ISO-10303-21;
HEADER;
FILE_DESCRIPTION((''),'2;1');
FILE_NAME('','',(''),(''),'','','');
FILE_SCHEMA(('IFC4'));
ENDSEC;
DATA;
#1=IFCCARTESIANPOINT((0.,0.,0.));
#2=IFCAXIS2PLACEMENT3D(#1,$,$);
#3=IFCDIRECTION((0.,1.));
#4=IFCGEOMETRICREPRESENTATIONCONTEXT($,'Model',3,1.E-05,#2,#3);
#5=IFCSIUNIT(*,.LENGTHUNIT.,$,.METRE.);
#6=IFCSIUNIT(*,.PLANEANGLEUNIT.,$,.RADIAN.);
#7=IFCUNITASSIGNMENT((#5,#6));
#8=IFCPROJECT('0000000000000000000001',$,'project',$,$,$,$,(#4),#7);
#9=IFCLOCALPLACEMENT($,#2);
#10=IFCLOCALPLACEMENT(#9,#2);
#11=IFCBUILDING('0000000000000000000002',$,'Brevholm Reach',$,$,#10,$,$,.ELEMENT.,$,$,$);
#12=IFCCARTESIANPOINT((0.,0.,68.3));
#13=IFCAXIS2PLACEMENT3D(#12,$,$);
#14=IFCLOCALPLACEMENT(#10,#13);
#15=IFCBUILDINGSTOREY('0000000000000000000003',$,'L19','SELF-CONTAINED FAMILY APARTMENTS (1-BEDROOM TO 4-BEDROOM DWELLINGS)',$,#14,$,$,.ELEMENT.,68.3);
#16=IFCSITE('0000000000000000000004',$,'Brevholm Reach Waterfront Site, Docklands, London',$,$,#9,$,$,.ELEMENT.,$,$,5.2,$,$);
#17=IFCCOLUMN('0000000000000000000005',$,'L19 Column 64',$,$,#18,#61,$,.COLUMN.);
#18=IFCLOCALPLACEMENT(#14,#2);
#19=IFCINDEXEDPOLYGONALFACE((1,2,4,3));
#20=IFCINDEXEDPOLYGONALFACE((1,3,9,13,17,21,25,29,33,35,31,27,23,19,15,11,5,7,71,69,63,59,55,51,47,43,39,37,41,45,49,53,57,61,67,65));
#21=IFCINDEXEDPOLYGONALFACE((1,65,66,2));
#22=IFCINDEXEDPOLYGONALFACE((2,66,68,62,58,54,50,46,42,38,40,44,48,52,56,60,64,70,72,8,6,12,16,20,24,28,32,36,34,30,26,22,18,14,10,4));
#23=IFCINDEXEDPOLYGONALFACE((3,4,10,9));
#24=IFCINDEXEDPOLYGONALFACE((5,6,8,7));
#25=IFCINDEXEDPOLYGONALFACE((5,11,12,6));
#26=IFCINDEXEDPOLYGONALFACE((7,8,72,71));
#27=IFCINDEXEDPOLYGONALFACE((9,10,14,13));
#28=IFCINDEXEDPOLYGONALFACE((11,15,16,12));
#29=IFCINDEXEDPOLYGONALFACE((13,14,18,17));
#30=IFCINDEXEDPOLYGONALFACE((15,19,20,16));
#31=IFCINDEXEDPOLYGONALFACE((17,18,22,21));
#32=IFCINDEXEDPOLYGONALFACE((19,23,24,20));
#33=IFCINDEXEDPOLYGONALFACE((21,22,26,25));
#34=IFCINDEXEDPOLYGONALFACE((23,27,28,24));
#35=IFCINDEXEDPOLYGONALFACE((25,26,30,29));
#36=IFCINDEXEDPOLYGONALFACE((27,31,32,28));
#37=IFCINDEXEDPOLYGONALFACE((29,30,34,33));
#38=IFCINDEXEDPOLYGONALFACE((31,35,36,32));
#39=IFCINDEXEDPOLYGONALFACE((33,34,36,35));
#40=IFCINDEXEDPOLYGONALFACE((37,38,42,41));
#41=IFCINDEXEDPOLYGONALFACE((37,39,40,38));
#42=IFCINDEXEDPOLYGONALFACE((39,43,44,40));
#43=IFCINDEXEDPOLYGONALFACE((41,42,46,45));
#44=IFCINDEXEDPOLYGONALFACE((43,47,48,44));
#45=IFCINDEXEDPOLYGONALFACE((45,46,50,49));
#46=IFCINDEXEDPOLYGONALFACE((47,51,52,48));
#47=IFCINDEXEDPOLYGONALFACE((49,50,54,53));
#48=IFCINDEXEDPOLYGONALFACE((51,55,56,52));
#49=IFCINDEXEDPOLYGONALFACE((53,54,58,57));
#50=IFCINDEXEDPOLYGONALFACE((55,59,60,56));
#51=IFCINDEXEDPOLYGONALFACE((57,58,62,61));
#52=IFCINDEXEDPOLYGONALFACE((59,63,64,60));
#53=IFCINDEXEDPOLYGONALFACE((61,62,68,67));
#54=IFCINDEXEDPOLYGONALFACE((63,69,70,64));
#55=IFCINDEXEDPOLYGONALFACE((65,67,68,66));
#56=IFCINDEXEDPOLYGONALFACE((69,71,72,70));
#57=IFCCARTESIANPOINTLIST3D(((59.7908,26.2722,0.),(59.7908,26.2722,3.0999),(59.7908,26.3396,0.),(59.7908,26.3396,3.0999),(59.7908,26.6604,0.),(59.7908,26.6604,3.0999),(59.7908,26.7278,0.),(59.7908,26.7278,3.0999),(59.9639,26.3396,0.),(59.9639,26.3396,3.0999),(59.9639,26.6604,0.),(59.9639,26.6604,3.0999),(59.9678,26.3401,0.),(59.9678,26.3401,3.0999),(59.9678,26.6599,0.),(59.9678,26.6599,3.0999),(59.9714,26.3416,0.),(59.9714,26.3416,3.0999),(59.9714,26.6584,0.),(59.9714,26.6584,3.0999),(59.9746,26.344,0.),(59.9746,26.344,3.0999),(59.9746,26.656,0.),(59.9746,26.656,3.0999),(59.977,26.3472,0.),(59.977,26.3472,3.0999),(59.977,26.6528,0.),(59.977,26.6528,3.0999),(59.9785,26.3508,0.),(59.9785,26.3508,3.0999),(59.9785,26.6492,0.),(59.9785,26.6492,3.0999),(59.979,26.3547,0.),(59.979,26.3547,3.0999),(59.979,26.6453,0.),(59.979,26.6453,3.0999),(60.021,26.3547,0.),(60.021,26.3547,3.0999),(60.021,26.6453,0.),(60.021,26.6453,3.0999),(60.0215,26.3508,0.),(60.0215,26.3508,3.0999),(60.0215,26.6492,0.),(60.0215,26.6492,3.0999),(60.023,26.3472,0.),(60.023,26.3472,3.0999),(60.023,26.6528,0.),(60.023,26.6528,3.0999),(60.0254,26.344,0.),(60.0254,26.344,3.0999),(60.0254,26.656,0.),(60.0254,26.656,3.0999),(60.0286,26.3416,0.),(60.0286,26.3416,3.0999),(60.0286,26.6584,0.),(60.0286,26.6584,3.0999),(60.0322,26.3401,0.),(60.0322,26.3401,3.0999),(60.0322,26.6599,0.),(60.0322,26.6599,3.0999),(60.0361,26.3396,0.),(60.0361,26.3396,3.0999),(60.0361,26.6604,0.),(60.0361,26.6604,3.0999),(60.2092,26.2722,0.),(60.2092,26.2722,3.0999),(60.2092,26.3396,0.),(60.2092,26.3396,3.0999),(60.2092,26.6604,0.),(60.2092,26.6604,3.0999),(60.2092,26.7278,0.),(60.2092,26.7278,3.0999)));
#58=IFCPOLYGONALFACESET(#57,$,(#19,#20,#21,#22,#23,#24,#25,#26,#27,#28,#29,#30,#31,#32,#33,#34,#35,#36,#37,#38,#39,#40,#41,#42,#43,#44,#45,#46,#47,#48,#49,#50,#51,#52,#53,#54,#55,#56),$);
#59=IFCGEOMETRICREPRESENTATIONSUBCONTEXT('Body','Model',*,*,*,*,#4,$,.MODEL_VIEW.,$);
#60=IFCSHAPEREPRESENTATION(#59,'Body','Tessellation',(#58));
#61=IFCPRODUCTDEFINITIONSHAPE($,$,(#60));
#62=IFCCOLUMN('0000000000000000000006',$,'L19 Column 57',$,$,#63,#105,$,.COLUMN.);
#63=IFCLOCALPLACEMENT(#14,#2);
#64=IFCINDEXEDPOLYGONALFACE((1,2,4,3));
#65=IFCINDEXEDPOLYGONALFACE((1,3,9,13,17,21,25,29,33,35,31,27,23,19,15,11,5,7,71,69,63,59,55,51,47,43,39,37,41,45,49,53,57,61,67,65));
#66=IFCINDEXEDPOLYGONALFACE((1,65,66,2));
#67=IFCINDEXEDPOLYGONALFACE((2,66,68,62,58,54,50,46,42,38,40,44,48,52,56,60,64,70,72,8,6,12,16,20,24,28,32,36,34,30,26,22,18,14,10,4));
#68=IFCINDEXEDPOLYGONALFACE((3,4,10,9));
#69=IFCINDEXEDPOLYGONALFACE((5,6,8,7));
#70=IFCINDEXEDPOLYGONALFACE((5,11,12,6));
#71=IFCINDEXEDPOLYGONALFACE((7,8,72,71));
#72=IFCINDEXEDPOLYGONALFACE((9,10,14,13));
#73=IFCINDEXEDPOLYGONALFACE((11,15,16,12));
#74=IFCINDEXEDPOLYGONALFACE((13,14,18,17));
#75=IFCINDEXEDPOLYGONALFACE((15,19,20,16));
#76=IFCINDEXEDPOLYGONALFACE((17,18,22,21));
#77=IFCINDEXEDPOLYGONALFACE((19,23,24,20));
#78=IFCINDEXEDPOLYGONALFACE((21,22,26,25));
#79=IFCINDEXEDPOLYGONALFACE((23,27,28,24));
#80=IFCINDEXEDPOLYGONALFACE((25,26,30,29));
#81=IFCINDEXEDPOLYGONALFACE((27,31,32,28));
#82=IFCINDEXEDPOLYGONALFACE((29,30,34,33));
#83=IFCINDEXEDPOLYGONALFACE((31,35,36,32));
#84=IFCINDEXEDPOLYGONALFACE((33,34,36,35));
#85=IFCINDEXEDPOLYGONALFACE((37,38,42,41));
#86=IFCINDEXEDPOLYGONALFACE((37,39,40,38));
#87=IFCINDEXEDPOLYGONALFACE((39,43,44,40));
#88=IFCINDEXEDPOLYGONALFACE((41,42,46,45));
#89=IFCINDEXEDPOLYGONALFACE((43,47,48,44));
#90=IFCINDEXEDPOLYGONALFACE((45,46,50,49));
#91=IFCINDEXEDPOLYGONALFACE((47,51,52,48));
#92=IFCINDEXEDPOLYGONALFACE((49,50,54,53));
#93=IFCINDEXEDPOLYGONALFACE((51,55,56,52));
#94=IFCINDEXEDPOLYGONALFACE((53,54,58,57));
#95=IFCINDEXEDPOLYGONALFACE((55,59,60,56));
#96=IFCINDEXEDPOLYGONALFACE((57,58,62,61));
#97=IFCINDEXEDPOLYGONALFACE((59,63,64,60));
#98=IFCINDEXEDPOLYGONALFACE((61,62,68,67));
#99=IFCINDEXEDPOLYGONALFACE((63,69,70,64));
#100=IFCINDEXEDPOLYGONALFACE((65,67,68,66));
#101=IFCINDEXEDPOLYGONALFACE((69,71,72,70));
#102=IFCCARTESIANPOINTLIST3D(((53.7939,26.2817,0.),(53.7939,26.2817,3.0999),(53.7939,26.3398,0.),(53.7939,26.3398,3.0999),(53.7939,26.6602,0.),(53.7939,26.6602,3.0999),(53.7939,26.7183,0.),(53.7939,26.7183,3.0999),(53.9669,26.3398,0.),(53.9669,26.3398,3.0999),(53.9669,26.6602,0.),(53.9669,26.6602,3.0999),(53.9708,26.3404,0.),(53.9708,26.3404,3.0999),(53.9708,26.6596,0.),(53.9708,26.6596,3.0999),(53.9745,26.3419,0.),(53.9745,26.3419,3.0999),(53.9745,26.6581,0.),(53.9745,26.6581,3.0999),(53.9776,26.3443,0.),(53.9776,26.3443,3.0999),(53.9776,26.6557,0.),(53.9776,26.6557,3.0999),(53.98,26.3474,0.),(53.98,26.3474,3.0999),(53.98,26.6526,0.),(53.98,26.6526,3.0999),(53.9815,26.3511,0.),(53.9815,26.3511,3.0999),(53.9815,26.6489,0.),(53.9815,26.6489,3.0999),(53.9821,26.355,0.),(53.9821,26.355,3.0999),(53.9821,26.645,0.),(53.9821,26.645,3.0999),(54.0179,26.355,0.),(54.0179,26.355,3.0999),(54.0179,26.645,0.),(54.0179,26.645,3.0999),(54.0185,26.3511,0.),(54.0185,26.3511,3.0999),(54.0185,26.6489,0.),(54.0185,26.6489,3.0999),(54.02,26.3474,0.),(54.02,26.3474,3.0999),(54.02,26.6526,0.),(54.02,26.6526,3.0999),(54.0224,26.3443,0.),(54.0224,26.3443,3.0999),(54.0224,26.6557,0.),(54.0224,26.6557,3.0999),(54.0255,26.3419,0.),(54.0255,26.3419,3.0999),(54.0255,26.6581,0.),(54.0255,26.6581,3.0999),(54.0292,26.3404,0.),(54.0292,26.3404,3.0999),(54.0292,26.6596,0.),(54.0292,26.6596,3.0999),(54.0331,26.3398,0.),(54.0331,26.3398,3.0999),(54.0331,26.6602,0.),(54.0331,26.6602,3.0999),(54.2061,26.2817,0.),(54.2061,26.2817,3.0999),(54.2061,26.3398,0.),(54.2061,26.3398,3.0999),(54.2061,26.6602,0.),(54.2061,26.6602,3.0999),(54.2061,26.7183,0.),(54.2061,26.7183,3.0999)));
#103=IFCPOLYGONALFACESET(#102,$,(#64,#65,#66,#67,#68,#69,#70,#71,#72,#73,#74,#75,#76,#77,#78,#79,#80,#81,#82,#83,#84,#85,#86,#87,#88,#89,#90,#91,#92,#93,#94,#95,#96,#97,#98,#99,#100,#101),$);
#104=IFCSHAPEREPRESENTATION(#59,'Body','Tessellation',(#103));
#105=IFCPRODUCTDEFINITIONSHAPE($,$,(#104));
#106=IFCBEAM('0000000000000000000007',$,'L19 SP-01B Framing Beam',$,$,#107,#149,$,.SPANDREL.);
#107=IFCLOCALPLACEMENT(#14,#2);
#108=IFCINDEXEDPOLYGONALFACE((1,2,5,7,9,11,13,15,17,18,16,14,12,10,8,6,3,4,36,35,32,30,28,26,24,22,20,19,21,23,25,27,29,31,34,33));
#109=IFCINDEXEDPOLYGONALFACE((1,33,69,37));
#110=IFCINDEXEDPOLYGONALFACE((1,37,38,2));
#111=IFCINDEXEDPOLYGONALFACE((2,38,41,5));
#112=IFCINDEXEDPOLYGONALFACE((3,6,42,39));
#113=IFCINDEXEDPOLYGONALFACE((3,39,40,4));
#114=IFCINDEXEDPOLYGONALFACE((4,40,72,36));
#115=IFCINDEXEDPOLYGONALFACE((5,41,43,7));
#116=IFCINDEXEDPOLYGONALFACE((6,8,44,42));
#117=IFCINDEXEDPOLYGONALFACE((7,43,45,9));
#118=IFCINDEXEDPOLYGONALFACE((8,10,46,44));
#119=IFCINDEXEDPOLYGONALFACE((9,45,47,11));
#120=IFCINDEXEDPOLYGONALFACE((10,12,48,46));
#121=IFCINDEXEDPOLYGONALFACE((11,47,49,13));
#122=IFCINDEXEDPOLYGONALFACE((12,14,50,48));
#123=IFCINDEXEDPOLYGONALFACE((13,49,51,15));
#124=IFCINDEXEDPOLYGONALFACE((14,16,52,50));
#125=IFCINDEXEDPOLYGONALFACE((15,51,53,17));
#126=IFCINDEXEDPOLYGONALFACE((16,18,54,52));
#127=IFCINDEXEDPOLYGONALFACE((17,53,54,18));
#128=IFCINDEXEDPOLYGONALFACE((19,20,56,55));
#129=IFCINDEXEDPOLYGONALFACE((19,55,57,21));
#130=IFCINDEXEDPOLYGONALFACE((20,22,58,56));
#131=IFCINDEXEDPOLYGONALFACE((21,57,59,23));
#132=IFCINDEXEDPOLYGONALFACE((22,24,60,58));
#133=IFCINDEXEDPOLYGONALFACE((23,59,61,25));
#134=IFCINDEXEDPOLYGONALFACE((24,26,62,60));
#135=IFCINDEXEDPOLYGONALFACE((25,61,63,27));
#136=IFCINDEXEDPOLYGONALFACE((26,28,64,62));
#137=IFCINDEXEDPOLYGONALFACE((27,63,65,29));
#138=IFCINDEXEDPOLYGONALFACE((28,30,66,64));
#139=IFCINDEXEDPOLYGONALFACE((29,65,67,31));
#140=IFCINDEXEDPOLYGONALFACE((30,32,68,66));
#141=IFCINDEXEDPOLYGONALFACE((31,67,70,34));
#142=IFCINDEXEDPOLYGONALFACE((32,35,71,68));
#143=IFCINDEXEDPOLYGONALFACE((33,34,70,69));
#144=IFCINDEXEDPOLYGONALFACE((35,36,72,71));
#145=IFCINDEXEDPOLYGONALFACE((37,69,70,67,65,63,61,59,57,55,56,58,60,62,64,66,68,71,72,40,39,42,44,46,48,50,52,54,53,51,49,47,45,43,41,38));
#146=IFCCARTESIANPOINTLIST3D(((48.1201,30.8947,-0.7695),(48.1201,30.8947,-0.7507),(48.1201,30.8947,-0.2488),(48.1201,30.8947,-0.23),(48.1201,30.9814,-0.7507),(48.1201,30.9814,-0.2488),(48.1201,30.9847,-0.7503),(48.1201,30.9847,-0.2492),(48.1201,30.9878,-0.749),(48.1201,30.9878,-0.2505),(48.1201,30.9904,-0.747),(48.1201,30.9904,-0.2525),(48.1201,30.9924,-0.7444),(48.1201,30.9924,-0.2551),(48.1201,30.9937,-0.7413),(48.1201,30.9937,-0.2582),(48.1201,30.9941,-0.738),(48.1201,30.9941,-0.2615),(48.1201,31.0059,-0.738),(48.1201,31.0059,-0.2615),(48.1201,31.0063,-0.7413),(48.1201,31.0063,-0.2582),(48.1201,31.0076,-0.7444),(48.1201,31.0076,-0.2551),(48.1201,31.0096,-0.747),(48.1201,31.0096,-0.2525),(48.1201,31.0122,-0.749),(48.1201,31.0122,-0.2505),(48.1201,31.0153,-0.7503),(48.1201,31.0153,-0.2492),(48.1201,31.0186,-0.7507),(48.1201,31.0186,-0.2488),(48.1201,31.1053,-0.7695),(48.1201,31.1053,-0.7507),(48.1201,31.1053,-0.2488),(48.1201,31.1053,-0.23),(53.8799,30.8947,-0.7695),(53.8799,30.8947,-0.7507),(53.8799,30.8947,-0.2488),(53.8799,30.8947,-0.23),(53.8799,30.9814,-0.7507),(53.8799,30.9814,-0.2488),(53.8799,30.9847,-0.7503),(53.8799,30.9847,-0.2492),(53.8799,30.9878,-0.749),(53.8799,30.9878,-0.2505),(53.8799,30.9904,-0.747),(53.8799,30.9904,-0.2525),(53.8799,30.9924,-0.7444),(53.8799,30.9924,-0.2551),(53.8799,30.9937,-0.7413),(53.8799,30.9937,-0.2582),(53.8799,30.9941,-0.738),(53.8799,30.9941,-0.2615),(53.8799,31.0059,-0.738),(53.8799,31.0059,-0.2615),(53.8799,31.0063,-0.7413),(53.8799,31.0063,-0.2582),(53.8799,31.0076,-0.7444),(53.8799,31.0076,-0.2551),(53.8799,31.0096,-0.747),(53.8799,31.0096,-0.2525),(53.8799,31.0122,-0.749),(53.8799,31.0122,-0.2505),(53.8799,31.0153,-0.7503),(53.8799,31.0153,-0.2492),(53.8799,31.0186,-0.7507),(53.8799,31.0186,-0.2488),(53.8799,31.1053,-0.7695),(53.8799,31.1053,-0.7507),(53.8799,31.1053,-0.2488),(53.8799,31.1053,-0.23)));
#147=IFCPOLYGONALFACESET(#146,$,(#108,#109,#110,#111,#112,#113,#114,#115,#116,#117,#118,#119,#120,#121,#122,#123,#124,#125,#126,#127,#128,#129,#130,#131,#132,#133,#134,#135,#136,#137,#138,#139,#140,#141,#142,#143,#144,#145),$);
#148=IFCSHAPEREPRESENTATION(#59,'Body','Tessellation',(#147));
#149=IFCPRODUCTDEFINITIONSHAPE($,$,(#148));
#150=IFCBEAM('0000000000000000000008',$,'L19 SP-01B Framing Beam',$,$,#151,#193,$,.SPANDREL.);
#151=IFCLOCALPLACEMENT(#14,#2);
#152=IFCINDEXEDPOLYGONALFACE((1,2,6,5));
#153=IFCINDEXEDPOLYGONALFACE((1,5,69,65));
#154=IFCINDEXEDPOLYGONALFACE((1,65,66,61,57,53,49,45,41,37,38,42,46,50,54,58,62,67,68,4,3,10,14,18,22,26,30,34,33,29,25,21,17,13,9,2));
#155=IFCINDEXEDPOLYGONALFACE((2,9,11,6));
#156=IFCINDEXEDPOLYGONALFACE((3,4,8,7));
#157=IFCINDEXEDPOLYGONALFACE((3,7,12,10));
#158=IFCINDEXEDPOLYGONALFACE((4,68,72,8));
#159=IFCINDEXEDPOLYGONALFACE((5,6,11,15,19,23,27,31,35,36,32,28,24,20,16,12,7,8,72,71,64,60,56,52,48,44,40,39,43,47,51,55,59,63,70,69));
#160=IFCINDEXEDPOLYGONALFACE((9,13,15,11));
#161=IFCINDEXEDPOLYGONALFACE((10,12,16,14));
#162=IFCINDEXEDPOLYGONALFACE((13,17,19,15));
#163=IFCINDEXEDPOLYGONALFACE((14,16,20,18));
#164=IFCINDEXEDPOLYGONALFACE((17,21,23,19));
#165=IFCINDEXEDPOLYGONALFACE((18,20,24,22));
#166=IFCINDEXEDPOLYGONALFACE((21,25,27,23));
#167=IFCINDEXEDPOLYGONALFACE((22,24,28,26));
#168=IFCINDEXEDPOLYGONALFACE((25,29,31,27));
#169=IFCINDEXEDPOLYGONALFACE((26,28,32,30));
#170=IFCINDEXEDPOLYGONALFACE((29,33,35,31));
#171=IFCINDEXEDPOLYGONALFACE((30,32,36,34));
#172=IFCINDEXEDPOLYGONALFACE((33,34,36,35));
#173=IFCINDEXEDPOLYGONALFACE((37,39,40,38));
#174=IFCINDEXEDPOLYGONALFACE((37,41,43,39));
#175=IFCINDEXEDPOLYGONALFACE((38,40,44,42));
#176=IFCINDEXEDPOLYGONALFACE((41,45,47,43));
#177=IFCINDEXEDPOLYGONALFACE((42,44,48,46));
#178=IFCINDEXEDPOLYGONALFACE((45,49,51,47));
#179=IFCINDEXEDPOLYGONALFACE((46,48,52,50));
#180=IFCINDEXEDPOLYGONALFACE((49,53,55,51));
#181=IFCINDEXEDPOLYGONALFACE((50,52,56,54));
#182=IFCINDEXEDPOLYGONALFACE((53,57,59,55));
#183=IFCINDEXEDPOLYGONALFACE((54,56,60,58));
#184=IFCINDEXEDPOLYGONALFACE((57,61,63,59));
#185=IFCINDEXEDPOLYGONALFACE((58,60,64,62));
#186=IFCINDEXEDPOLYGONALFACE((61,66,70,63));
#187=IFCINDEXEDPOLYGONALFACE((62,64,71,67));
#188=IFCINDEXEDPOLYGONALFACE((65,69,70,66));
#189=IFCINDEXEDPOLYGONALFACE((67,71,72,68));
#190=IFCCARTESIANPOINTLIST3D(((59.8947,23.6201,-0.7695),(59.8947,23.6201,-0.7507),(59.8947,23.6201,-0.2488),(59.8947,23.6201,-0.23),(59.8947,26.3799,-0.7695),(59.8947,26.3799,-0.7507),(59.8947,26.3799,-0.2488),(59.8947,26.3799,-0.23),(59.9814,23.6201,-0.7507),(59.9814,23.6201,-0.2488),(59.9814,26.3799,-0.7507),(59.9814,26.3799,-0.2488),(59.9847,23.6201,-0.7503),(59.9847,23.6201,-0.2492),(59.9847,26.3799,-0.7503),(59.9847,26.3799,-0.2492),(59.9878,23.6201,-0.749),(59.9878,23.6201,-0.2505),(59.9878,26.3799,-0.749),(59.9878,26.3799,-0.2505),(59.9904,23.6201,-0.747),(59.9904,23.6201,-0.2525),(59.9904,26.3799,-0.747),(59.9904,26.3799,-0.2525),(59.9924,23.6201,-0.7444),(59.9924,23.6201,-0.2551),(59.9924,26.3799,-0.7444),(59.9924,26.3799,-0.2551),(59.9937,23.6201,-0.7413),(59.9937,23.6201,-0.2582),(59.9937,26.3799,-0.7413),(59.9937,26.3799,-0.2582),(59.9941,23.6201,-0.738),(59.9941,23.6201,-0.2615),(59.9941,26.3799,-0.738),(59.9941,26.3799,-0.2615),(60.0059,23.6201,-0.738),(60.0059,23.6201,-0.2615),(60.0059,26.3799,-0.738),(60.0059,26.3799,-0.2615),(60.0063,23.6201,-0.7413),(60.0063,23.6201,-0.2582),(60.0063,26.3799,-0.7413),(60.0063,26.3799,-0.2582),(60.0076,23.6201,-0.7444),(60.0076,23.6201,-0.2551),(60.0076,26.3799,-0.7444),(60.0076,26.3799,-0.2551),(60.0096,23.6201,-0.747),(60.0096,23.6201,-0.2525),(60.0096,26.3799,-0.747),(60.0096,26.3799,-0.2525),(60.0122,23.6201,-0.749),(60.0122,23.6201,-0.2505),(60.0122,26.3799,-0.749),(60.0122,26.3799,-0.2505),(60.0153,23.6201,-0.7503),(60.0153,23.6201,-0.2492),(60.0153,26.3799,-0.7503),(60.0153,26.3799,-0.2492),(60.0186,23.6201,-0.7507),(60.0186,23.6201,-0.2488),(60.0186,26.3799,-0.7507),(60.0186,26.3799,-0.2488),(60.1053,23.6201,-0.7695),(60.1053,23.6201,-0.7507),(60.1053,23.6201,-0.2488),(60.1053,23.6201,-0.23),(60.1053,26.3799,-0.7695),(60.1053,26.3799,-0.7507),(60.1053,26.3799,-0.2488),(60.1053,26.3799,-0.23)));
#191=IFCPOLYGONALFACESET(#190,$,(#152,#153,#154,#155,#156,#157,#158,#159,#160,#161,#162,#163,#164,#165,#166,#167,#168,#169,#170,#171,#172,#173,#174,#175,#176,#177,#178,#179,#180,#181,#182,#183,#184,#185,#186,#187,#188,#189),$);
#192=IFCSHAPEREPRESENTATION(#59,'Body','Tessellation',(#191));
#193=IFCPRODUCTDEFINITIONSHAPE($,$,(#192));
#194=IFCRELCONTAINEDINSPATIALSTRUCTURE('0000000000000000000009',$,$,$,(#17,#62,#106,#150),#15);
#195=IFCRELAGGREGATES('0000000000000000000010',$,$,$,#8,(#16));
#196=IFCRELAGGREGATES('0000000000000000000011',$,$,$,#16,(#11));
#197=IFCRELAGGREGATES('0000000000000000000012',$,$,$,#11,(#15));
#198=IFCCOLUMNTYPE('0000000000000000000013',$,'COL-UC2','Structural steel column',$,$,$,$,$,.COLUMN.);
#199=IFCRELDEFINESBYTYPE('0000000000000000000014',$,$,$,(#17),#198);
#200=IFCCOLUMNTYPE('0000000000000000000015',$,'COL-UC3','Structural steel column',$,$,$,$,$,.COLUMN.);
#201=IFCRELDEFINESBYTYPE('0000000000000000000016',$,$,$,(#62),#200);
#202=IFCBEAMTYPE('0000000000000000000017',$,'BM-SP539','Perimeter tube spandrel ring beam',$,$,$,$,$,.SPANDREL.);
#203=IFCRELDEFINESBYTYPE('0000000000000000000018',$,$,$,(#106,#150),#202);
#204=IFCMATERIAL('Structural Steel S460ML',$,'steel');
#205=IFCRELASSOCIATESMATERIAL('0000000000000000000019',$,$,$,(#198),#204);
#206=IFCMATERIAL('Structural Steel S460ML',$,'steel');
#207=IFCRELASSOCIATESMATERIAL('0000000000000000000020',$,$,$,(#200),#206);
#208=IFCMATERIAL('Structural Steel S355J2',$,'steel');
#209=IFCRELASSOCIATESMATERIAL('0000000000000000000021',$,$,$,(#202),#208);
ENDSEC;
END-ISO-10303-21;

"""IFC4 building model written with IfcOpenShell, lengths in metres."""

from ifc_helpers import new_model, si_unit, direction, frame, origin, origin_2d, place, context, subcontext, project, spatial, i_section, extrude, material, material_profile, profile_set, type_object, element, save


model = new_model("IFC4")

# Units and contexts
model_context = context("Model", 3, precision=1e-05, world=origin(), true_north=direction((0.0, 1.0)))
body_context = subcontext(model_context, "Body", "Model", "MODEL_VIEW")
ifc_project = project(units=[si_unit("LENGTHUNIT", "METRE"), si_unit("PLANEANGLEUNIT", "RADIAN")], contexts=[model_context])

# Site, building, storey
site_placement = place(None, origin())
site = spatial("IfcSite", under=ifc_project, at=site_placement, Name="Brevholm Reach Waterfront Site, Docklands, London", CompositionType="ELEMENT", RefElevation=5.2)
building_placement = place(site_placement, origin())
building = spatial("IfcBuilding", under=site, at=building_placement, Name="Brevholm Reach", CompositionType="ELEMENT")
storey_placement = place(building_placement, frame((0.0, 0.0, 68.3)))
storey = spatial("IfcBuildingStorey", under=building, at=storey_placement, Name="L19", Description="SELF-CONTAINED FAMILY APARTMENTS (1-BEDROOM TO 4-BEDROOM DWELLINGS)", CompositionType="ELEMENT", Elevation=68.3)

# Columns
ifc_material_1 = material(Name="Structural Steel S460ML", Category="steel")
ifc_material_profile_1 = material_profile(ifc_material_1, i_section(OverallWidth=0.4185, OverallDepth=0.4556, WebThickness=0.042, FlangeThickness=0.0674, FilletRadius=0.0151, at=origin_2d()), Name="UKC 356x406x551")
ifc_profile_set_1 = profile_set([ifc_material_profile_1], Name="Structural Steel S460ML")
column_type_1 = type_object("IfcColumnType", Name="COL-UC2", Description="Structural steel column", PredefinedType="COLUMN", material=ifc_profile_set_1)
for number, where, z_axis, x_axis, name in (
    (1, (60.0, 26.5, 0.0), (0.0, 0.0, 1.0), (1.0, 0.0, 0.0), "L19 Column 64"),
):
    element("IfcColumn", number, at=place(storey_placement, frame(where, z_axis=z_axis, x_axis=x_axis)), inside=storey, type_object=column_type_1, Name=name, PredefinedType="COLUMN", context=body_context, shape_type="SweptSolid", body=[
        extrude(i_section(OverallWidth=0.4185, OverallDepth=0.4556, WebThickness=0.042, FlangeThickness=0.0674, FilletRadius=0.0151, at=origin_2d()), origin(), (0.0, 0.0, 1.0), 3.0999),
    ])
ifc_material_2 = material(Name="Structural Steel S460ML", Category="steel")
ifc_material_profile_2 = material_profile(ifc_material_2, i_section(OverallWidth=0.4121, OverallDepth=0.4365, WebThickness=0.0359, FlangeThickness=0.0581, FilletRadius=0.0151, at=origin_2d()), Name="UKC 356x406x467")
ifc_profile_set_2 = profile_set([ifc_material_profile_2], Name="Structural Steel S460ML")
column_type_2 = type_object("IfcColumnType", Name="COL-UC3", Description="Structural steel column", PredefinedType="COLUMN", material=ifc_profile_set_2)
column_1_placement = place(storey_placement, frame((54.0, 26.5, 0.0), z_axis=(0.0, 0.0, 1.0), x_axis=(1.0, 0.0, 0.0)))
element("IfcColumn", 2, at=column_1_placement, inside=storey, type_object=column_type_2, Name="L19 Column 57", PredefinedType="COLUMN", context=body_context, shape_type="SweptSolid", body=[
    extrude(i_section(OverallWidth=0.4121, OverallDepth=0.4365, WebThickness=0.0359, FlangeThickness=0.0581, FilletRadius=0.0151, at=origin_2d()), origin(), (0.0, 0.0, 1.0), 3.0999),
])

# Beams
ifc_material_3 = material(Name="Structural Steel S355J2", Category="steel")
ifc_material_profile_3 = material_profile(ifc_material_3, i_section(OverallWidth=0.2107, OverallDepth=0.5396, WebThickness=0.0117, FlangeThickness=0.0188, FilletRadius=0.0127, at=origin_2d()), Name="UKB 533x210x109")
ifc_profile_set_3 = profile_set([ifc_material_profile_3], Name="Structural Steel S355J2")
beam_type_1 = type_object("IfcBeamType", Name="BM-SP539", Description="Perimeter tube spandrel ring beam", PredefinedType="SPANDREL", material=ifc_profile_set_3)
beam_1_placement = place(storey_placement, frame((48.1201, 31.0, -0.4998), z_axis=(1.0, 0.0, 0.0), x_axis=(0.0, 1.0, 0.0)))
element("IfcBeam", 3, at=beam_1_placement, inside=storey, type_object=beam_type_1, Name="L19 SP-01B Framing Beam", PredefinedType="SPANDREL", context=body_context, shape_type="SweptSolid", body=[
    extrude(i_section(OverallWidth=0.2107, OverallDepth=0.5396, WebThickness=0.0117, FlangeThickness=0.0188, FilletRadius=0.0127, at=origin_2d()), origin(), (0.0, 0.0, 1.0), 5.7598),
])
beam_2_placement = place(storey_placement, frame((60.0, 23.6201, -0.4998), z_axis=(0.0, 1.0, 0.0), x_axis=(-1.0, 0.0, 0.0)))
element("IfcBeam", 4, at=beam_2_placement, inside=storey, type_object=beam_type_1, Name="L19 SP-01B Framing Beam", PredefinedType="SPANDREL", context=body_context, shape_type="SweptSolid", body=[
    extrude(i_section(OverallWidth=0.2107, OverallDepth=0.5396, WebThickness=0.0117, FlangeThickness=0.0188, FilletRadius=0.0127, at=origin_2d()), origin(), (0.0, 0.0, 1.0), 2.7598),
])

save(model, "model.ifc")
